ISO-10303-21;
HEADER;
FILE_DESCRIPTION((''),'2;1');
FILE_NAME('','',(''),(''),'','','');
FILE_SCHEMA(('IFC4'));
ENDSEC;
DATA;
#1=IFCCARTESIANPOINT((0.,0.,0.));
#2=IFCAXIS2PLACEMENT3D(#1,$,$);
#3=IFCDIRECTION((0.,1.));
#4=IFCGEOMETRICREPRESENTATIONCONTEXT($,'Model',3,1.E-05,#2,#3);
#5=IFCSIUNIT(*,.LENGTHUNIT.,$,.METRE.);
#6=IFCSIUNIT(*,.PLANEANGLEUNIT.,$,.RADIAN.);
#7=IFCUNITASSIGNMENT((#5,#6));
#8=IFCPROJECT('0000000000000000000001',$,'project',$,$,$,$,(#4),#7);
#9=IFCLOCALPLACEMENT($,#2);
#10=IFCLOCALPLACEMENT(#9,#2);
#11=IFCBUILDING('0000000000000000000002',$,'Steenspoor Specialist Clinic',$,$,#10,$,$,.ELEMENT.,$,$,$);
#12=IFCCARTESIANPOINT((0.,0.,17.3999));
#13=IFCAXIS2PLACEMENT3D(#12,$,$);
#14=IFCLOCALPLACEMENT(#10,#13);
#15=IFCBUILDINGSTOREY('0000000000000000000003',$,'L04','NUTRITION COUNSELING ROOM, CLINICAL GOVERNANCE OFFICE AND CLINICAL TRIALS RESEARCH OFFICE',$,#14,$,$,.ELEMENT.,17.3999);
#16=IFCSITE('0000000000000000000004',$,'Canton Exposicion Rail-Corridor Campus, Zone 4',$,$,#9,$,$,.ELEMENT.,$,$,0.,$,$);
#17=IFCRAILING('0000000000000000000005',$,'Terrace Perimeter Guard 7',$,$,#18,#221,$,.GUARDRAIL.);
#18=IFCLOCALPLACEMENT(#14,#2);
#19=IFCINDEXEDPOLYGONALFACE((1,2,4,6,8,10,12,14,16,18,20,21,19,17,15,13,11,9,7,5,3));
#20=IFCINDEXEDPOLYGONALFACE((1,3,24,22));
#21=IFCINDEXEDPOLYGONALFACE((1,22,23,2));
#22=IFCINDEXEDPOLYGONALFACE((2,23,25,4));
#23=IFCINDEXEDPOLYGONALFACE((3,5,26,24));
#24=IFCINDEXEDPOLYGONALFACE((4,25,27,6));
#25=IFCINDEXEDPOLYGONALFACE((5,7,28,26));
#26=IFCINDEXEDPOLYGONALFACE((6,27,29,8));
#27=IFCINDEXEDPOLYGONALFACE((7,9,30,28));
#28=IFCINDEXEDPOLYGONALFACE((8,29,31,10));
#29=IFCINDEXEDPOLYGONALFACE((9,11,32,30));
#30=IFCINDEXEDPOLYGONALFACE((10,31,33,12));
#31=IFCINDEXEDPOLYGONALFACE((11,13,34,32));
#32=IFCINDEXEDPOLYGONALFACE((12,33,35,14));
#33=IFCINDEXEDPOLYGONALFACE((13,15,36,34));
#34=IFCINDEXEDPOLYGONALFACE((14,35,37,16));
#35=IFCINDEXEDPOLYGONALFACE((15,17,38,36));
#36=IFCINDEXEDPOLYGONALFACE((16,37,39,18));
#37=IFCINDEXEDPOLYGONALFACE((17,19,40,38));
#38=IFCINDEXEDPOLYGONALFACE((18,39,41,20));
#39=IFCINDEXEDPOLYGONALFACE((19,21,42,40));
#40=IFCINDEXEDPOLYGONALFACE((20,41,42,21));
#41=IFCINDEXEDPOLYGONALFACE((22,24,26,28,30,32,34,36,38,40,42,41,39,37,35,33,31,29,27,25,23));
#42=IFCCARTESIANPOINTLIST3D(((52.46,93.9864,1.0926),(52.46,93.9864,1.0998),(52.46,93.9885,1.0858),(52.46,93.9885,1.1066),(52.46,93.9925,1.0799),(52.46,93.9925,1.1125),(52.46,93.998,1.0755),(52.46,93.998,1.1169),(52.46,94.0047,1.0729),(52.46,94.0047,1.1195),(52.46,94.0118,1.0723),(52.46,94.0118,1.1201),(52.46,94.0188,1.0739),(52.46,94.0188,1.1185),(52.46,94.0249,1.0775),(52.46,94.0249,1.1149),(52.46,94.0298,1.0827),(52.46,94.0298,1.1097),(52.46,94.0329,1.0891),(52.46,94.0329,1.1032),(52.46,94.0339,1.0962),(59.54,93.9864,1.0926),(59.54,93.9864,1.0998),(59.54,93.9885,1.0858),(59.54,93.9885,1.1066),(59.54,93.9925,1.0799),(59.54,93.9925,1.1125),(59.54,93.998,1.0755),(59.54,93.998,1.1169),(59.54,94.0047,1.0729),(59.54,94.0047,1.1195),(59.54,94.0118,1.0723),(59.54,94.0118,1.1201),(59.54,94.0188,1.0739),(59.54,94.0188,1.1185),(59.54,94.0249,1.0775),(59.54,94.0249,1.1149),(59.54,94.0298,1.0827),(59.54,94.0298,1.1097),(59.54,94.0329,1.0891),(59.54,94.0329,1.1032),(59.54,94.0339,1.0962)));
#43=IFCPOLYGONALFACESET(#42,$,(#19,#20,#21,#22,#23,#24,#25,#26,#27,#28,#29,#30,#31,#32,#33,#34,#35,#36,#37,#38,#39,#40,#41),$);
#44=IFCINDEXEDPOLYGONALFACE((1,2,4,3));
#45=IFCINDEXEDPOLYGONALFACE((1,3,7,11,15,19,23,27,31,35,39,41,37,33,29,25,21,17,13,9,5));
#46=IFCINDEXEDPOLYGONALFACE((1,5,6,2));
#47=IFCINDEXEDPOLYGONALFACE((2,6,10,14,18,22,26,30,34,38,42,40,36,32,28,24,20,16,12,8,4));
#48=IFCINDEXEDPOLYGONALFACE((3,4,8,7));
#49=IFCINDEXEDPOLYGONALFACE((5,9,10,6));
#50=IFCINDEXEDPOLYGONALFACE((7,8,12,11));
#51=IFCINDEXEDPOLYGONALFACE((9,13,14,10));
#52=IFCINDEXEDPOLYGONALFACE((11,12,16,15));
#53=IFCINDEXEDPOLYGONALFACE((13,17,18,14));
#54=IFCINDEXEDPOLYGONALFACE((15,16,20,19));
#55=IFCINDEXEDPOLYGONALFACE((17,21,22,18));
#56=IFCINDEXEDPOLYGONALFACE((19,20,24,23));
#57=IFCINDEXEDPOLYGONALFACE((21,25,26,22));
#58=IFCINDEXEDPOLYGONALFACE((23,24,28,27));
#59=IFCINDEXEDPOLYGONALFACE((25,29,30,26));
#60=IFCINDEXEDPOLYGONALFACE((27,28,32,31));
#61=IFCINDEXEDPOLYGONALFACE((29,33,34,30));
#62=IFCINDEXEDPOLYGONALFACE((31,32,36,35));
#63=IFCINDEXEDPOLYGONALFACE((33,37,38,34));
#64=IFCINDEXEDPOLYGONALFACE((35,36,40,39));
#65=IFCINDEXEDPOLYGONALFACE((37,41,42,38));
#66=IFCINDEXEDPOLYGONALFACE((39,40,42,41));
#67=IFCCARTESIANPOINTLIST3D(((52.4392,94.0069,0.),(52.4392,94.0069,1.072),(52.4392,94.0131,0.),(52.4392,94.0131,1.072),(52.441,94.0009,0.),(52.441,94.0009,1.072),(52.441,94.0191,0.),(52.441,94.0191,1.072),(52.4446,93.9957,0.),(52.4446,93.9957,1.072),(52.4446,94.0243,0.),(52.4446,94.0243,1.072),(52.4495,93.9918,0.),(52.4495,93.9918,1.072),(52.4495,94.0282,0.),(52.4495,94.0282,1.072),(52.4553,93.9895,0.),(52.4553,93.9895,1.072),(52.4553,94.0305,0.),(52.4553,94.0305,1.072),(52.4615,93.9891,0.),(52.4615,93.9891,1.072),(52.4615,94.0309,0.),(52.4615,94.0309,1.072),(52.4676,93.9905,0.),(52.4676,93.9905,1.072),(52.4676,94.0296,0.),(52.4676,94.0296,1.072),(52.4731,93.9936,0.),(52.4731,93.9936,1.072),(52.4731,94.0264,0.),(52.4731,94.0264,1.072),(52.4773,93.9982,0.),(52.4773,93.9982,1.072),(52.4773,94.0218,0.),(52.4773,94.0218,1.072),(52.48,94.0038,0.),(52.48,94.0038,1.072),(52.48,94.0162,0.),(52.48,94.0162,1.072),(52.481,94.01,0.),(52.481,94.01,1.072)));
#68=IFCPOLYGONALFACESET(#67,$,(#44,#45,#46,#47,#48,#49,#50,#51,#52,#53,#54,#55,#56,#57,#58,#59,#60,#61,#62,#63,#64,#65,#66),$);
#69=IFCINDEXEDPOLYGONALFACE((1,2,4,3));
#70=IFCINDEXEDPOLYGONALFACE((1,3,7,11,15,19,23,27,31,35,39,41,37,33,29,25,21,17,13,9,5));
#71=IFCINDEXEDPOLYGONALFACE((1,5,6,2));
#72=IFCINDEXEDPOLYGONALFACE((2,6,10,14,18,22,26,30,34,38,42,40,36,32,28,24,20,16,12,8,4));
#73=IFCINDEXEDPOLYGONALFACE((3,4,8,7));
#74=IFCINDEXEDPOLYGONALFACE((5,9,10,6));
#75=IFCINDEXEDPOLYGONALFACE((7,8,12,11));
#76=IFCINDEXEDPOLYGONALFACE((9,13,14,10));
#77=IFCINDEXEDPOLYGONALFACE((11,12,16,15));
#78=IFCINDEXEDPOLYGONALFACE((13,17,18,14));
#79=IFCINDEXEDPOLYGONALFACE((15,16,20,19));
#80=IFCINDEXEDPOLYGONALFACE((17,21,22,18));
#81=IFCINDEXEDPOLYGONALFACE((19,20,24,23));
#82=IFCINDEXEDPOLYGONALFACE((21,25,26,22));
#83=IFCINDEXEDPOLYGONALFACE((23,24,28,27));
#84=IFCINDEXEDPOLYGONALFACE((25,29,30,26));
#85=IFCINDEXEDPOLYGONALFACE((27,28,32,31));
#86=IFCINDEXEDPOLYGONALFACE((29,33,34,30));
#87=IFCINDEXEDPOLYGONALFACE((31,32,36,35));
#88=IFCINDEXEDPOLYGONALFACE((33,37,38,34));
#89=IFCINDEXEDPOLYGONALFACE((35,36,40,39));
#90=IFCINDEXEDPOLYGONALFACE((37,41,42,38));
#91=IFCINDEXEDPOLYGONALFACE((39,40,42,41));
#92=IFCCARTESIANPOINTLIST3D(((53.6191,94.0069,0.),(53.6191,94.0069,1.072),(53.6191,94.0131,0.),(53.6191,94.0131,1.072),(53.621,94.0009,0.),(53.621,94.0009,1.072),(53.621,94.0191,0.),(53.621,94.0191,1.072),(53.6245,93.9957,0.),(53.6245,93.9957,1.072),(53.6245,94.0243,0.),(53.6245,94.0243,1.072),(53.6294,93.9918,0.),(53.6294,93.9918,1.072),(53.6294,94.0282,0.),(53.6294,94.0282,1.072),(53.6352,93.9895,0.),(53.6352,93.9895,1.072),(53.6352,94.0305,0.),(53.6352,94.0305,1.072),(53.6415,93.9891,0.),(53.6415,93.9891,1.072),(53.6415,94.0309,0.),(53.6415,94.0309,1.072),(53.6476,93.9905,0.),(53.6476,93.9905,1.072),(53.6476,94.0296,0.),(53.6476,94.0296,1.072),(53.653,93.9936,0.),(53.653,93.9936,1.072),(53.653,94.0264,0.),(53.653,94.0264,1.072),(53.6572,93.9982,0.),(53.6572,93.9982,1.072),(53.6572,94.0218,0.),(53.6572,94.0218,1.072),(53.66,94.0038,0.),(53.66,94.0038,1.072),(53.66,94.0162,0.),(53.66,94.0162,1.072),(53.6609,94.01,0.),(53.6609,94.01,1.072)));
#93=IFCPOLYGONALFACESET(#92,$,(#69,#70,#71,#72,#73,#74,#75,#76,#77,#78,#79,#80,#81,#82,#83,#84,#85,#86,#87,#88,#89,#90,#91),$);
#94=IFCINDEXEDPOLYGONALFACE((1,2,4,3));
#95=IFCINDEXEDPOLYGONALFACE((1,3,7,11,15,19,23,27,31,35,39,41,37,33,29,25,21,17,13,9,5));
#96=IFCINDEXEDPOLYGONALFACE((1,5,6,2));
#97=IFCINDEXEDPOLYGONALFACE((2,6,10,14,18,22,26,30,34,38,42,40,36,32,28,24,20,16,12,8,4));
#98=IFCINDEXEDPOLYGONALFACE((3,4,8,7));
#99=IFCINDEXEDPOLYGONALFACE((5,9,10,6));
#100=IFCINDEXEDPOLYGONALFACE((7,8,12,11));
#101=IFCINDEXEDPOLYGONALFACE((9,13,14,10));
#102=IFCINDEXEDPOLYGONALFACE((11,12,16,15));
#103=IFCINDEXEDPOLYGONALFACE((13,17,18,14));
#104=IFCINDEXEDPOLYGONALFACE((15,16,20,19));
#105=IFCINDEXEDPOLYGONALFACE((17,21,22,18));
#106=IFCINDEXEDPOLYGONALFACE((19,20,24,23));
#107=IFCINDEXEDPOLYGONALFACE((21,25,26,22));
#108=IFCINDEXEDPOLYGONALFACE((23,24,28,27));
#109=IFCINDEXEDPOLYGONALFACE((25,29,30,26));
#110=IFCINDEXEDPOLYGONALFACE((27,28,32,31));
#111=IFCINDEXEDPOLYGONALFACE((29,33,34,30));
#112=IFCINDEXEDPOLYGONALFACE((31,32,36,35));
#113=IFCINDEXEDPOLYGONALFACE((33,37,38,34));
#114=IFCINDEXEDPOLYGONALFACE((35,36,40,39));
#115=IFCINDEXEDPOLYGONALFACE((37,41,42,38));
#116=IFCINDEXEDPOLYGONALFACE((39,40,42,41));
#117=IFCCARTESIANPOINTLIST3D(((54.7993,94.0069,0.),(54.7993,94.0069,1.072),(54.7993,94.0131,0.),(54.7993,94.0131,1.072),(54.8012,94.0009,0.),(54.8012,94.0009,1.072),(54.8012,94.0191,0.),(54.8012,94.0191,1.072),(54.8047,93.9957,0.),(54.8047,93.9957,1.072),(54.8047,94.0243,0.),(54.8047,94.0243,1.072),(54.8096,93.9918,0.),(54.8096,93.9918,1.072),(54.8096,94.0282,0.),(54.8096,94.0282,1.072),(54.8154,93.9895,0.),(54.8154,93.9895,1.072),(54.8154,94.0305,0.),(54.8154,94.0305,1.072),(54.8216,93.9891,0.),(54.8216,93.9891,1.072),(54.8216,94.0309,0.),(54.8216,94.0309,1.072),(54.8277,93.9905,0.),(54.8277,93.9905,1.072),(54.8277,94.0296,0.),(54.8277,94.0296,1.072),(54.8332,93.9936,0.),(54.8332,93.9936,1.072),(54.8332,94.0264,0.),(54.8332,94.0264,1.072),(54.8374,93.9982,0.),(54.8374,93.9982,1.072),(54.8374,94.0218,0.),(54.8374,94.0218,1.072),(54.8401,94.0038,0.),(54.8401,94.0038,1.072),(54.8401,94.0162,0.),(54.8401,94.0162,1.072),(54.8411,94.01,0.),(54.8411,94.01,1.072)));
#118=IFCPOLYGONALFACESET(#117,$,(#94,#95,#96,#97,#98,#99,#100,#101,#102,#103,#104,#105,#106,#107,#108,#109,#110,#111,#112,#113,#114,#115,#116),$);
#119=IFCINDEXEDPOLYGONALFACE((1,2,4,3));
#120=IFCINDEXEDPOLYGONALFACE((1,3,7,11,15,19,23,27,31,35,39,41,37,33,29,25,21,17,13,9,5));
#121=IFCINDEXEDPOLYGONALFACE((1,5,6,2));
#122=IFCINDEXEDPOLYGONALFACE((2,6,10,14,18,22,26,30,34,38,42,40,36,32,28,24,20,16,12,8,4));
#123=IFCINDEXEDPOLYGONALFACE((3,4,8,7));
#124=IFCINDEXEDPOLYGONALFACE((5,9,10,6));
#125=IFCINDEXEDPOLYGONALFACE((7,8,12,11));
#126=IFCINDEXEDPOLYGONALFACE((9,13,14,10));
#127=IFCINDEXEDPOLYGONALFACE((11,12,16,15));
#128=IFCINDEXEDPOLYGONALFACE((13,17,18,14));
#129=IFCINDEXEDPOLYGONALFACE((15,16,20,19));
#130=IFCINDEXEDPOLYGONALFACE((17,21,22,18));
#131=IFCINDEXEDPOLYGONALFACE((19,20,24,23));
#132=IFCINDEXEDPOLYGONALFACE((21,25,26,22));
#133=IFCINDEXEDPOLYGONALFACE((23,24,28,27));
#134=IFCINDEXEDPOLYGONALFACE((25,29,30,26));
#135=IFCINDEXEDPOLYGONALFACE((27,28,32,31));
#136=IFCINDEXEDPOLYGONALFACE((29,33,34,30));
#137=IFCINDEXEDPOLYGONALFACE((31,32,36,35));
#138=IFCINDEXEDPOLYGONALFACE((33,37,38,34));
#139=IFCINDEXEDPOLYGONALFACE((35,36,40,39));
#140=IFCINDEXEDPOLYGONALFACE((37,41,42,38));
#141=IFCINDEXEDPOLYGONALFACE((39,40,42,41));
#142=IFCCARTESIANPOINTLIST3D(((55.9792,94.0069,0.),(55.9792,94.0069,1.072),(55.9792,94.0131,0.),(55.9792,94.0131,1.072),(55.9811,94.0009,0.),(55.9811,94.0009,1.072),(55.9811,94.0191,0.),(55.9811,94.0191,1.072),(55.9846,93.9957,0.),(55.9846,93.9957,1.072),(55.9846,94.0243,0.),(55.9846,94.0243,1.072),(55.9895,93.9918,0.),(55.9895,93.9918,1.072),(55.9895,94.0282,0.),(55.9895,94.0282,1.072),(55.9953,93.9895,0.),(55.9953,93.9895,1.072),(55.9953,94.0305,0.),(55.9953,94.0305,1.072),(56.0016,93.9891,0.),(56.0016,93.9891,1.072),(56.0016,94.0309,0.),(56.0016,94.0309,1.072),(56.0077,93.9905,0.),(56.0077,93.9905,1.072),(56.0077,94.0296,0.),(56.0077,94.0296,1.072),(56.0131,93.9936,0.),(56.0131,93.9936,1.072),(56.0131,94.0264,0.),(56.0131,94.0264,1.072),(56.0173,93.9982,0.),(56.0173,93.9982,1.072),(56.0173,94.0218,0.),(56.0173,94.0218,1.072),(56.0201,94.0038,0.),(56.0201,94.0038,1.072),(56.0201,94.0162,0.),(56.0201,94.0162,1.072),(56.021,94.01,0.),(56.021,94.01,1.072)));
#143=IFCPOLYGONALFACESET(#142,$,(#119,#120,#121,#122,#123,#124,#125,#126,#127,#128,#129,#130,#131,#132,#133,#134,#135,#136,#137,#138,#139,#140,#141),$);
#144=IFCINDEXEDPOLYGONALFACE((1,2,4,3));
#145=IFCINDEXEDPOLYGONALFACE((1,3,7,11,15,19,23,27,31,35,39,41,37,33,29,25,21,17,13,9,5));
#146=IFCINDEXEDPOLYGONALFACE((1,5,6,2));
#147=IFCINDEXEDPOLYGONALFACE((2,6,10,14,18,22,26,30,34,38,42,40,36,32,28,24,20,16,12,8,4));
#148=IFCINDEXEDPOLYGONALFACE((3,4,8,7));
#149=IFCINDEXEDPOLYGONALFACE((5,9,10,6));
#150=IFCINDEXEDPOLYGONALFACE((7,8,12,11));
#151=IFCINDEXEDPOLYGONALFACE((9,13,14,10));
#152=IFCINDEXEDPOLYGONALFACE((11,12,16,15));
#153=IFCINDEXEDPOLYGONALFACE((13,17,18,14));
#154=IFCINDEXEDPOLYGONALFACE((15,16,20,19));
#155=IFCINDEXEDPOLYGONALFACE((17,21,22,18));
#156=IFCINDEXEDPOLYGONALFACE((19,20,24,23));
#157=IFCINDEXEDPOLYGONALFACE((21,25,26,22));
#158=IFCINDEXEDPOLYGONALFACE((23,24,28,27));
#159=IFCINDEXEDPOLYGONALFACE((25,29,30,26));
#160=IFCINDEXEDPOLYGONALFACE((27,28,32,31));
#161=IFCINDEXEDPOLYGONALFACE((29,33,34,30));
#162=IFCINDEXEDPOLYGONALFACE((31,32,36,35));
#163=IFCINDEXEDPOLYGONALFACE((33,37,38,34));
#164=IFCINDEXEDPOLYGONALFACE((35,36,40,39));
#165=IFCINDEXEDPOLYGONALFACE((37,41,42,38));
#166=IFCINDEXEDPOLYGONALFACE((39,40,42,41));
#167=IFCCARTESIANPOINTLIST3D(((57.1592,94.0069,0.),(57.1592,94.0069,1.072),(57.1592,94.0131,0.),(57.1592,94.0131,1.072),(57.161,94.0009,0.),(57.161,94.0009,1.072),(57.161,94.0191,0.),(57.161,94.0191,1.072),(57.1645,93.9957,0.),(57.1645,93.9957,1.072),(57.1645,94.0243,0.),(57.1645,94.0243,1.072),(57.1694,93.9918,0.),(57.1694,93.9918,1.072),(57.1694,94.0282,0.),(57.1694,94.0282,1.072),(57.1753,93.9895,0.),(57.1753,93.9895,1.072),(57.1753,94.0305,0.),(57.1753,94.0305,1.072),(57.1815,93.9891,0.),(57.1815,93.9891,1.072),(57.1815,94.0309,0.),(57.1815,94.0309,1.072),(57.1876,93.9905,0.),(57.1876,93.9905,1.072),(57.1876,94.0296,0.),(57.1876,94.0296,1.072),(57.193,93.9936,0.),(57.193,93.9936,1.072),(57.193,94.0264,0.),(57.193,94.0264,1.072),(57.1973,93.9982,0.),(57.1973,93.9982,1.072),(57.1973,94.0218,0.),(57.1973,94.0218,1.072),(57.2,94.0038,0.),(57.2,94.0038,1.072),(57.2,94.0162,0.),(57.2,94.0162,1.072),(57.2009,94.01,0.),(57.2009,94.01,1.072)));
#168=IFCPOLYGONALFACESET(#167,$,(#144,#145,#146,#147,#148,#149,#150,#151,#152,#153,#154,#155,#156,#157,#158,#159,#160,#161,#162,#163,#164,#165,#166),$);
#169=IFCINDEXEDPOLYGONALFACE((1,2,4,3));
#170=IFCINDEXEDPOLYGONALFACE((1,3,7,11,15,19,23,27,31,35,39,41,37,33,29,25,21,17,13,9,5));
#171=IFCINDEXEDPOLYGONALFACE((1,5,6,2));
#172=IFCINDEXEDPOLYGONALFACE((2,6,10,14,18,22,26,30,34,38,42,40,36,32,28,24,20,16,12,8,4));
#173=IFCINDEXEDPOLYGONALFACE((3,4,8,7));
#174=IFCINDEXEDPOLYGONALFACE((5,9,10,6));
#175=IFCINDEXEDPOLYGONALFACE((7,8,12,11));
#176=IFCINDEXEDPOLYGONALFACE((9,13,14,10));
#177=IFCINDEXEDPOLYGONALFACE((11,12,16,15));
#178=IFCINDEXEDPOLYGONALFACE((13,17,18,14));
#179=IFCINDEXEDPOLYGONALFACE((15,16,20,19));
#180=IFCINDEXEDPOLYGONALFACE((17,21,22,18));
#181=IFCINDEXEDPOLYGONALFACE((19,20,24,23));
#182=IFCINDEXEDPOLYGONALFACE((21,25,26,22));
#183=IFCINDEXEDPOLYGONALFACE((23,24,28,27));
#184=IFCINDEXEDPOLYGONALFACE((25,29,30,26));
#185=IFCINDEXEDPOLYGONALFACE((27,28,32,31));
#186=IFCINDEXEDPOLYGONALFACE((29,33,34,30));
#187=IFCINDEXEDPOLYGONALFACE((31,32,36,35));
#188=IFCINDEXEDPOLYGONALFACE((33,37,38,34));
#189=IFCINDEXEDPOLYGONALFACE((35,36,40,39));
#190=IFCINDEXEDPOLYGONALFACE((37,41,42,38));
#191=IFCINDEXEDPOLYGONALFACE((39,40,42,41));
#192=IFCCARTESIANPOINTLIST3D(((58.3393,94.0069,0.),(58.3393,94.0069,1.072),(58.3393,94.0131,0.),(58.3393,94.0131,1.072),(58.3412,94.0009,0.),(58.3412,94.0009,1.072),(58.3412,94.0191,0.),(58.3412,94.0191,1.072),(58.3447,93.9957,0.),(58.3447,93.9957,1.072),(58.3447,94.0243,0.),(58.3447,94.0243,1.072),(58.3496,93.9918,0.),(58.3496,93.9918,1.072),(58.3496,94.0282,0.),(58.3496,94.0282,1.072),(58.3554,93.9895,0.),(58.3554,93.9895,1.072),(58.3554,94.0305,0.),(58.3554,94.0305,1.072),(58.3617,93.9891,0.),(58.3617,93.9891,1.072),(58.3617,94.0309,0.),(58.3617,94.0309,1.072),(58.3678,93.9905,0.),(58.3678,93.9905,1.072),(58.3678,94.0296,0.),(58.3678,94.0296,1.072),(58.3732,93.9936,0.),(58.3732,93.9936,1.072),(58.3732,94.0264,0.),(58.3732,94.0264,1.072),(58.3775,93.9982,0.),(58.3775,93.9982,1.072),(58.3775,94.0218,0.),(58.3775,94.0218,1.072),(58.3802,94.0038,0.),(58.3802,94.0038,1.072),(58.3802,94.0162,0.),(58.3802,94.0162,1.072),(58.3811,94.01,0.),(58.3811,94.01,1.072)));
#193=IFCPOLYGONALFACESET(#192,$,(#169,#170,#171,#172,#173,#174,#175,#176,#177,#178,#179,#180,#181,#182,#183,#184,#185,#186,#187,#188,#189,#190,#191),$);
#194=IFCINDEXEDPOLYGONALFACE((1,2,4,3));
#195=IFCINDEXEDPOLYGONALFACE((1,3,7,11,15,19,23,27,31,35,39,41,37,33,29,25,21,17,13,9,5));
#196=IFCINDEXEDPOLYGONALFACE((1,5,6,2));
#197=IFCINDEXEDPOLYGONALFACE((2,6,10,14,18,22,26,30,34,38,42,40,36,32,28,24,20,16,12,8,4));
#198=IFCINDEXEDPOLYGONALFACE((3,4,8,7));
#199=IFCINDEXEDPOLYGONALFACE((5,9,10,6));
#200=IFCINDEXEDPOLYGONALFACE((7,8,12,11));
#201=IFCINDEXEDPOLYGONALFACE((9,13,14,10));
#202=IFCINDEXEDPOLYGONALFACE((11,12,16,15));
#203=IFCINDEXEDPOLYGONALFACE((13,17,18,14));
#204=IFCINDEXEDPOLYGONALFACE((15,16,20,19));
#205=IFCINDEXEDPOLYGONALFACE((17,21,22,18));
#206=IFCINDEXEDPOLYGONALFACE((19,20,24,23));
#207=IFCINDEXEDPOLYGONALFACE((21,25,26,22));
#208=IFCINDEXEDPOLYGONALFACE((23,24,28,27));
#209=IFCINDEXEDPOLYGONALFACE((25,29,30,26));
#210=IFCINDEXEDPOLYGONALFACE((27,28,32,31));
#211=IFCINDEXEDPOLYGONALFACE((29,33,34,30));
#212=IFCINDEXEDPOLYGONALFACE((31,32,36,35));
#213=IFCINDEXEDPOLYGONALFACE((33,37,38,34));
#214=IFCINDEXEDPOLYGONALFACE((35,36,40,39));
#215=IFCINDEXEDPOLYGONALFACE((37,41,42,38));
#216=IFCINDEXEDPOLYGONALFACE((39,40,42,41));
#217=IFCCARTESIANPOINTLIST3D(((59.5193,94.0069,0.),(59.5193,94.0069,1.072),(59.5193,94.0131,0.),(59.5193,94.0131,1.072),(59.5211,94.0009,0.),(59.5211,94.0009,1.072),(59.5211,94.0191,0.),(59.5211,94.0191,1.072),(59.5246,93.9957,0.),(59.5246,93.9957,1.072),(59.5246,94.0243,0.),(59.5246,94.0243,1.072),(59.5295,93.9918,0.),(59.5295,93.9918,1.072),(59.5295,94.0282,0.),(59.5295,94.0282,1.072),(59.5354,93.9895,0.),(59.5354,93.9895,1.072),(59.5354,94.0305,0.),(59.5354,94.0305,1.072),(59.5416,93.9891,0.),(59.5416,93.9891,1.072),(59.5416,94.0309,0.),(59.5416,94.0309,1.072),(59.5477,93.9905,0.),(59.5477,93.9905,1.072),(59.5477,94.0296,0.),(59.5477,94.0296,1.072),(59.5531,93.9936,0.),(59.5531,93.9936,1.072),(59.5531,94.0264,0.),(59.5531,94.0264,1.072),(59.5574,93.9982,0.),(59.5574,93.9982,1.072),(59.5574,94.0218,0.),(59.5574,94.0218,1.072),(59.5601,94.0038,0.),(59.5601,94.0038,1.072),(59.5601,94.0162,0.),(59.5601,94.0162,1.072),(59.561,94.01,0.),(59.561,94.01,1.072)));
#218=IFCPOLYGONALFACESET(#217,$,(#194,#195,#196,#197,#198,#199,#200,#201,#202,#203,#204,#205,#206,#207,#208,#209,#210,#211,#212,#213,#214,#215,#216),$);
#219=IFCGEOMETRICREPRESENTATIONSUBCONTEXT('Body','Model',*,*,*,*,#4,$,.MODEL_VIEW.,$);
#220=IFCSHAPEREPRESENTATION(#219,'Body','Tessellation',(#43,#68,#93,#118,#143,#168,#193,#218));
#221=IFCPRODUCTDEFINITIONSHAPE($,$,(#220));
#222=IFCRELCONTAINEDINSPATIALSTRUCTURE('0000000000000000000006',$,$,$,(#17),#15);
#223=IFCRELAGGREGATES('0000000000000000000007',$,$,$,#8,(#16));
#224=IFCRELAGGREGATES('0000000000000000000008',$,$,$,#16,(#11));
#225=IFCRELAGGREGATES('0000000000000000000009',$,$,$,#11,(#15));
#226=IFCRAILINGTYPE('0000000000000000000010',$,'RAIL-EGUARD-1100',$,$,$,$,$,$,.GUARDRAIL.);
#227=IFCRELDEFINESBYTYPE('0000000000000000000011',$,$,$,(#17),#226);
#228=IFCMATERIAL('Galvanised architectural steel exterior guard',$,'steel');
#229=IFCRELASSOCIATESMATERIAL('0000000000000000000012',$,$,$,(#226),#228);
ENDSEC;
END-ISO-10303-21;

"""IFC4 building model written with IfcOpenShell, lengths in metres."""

from ifc_helpers import new_model, si_unit, direction, frame, origin, origin_2d, place, context, subcontext, project, spatial, circle, extrude, material, type_object, element, save


model = new_model("IFC4")

# Units and contexts
model_context = context("Model", 3, precision=1e-05, world=origin(), true_north=direction((0.0, 1.0)))
body_context = subcontext(model_context, "Body", "Model", "MODEL_VIEW")
ifc_project = project(units=[si_unit("LENGTHUNIT", "METRE"), si_unit("PLANEANGLEUNIT", "RADIAN")], contexts=[model_context])

# Site, building, storey
site_placement = place(None, origin())
site = spatial("IfcSite", under=ifc_project, at=site_placement, Name="Canton Exposicion Rail-Corridor Campus, Zone 4", CompositionType="ELEMENT", RefElevation=0.0)
building_placement = place(site_placement, origin())
building = spatial("IfcBuilding", under=site, at=building_placement, Name="Steenspoor Specialist Clinic", CompositionType="ELEMENT")
storey_placement = place(building_placement, frame((0.0, 0.0, 17.3999)))
storey = spatial("IfcBuildingStorey", under=building, at=storey_placement, Name="L04", Description="NUTRITION COUNSELING ROOM, CLINICAL GOVERNANCE OFFICE AND CLINICAL TRIALS RESEARCH OFFICE", CompositionType="ELEMENT", Elevation=17.3999)

# Railing
ifc_material_1 = material(Name="Galvanised architectural steel exterior guard", Category="steel")
railing_type = type_object("IfcRailingType", Name="RAIL-EGUARD-1100", PredefinedType="GUARDRAIL", material=ifc_material_1)
railing_placement = place(storey_placement, frame((52.46, 94.01, 0.0)))
element("IfcRailing", 1, at=railing_placement, inside=storey, type_object=railing_type, Name="Terrace Perimeter Guard 7", PredefinedType="GUARDRAIL", context=body_context, shape_type="SweptSolid", body=[
    extrude(circle(Radius=0.0239, at=origin_2d()), frame((0.0, 0.0, 1.0962), z_axis=(1.0, 0.0, 0.0), x_axis=(0.0, 1.0, 0.0)), (0.0, 0.0, 1.0), 7.0801),
    extrude(circle(Radius=0.021, at=origin_2d()), origin(), (0.0, 0.0, 1.0), 1.072),
    extrude(circle(Radius=0.021, at=origin_2d()), frame((1.1799, 0.0, 0.0)), (0.0, 0.0, 1.0), 1.072),
    extrude(circle(Radius=0.021, at=origin_2d()), frame((2.3601, 0.0, 0.0)), (0.0, 0.0, 1.0), 1.072),
    extrude(circle(Radius=0.021, at=origin_2d()), frame((3.54, 0.0, 0.0)), (0.0, 0.0, 1.0), 1.072),
    extrude(circle(Radius=0.021, at=origin_2d()), frame((4.72, 0.0, 0.0)), (0.0, 0.0, 1.0), 1.072),
    extrude(circle(Radius=0.021, at=origin_2d()), frame((5.9001, 0.0, 0.0)), (0.0, 0.0, 1.0), 1.072),
    extrude(circle(Radius=0.021, at=origin_2d()), frame((7.0801, 0.0, 0.0)), (0.0, 0.0, 1.0), 1.072),
])

save(model, "model.ifc")
